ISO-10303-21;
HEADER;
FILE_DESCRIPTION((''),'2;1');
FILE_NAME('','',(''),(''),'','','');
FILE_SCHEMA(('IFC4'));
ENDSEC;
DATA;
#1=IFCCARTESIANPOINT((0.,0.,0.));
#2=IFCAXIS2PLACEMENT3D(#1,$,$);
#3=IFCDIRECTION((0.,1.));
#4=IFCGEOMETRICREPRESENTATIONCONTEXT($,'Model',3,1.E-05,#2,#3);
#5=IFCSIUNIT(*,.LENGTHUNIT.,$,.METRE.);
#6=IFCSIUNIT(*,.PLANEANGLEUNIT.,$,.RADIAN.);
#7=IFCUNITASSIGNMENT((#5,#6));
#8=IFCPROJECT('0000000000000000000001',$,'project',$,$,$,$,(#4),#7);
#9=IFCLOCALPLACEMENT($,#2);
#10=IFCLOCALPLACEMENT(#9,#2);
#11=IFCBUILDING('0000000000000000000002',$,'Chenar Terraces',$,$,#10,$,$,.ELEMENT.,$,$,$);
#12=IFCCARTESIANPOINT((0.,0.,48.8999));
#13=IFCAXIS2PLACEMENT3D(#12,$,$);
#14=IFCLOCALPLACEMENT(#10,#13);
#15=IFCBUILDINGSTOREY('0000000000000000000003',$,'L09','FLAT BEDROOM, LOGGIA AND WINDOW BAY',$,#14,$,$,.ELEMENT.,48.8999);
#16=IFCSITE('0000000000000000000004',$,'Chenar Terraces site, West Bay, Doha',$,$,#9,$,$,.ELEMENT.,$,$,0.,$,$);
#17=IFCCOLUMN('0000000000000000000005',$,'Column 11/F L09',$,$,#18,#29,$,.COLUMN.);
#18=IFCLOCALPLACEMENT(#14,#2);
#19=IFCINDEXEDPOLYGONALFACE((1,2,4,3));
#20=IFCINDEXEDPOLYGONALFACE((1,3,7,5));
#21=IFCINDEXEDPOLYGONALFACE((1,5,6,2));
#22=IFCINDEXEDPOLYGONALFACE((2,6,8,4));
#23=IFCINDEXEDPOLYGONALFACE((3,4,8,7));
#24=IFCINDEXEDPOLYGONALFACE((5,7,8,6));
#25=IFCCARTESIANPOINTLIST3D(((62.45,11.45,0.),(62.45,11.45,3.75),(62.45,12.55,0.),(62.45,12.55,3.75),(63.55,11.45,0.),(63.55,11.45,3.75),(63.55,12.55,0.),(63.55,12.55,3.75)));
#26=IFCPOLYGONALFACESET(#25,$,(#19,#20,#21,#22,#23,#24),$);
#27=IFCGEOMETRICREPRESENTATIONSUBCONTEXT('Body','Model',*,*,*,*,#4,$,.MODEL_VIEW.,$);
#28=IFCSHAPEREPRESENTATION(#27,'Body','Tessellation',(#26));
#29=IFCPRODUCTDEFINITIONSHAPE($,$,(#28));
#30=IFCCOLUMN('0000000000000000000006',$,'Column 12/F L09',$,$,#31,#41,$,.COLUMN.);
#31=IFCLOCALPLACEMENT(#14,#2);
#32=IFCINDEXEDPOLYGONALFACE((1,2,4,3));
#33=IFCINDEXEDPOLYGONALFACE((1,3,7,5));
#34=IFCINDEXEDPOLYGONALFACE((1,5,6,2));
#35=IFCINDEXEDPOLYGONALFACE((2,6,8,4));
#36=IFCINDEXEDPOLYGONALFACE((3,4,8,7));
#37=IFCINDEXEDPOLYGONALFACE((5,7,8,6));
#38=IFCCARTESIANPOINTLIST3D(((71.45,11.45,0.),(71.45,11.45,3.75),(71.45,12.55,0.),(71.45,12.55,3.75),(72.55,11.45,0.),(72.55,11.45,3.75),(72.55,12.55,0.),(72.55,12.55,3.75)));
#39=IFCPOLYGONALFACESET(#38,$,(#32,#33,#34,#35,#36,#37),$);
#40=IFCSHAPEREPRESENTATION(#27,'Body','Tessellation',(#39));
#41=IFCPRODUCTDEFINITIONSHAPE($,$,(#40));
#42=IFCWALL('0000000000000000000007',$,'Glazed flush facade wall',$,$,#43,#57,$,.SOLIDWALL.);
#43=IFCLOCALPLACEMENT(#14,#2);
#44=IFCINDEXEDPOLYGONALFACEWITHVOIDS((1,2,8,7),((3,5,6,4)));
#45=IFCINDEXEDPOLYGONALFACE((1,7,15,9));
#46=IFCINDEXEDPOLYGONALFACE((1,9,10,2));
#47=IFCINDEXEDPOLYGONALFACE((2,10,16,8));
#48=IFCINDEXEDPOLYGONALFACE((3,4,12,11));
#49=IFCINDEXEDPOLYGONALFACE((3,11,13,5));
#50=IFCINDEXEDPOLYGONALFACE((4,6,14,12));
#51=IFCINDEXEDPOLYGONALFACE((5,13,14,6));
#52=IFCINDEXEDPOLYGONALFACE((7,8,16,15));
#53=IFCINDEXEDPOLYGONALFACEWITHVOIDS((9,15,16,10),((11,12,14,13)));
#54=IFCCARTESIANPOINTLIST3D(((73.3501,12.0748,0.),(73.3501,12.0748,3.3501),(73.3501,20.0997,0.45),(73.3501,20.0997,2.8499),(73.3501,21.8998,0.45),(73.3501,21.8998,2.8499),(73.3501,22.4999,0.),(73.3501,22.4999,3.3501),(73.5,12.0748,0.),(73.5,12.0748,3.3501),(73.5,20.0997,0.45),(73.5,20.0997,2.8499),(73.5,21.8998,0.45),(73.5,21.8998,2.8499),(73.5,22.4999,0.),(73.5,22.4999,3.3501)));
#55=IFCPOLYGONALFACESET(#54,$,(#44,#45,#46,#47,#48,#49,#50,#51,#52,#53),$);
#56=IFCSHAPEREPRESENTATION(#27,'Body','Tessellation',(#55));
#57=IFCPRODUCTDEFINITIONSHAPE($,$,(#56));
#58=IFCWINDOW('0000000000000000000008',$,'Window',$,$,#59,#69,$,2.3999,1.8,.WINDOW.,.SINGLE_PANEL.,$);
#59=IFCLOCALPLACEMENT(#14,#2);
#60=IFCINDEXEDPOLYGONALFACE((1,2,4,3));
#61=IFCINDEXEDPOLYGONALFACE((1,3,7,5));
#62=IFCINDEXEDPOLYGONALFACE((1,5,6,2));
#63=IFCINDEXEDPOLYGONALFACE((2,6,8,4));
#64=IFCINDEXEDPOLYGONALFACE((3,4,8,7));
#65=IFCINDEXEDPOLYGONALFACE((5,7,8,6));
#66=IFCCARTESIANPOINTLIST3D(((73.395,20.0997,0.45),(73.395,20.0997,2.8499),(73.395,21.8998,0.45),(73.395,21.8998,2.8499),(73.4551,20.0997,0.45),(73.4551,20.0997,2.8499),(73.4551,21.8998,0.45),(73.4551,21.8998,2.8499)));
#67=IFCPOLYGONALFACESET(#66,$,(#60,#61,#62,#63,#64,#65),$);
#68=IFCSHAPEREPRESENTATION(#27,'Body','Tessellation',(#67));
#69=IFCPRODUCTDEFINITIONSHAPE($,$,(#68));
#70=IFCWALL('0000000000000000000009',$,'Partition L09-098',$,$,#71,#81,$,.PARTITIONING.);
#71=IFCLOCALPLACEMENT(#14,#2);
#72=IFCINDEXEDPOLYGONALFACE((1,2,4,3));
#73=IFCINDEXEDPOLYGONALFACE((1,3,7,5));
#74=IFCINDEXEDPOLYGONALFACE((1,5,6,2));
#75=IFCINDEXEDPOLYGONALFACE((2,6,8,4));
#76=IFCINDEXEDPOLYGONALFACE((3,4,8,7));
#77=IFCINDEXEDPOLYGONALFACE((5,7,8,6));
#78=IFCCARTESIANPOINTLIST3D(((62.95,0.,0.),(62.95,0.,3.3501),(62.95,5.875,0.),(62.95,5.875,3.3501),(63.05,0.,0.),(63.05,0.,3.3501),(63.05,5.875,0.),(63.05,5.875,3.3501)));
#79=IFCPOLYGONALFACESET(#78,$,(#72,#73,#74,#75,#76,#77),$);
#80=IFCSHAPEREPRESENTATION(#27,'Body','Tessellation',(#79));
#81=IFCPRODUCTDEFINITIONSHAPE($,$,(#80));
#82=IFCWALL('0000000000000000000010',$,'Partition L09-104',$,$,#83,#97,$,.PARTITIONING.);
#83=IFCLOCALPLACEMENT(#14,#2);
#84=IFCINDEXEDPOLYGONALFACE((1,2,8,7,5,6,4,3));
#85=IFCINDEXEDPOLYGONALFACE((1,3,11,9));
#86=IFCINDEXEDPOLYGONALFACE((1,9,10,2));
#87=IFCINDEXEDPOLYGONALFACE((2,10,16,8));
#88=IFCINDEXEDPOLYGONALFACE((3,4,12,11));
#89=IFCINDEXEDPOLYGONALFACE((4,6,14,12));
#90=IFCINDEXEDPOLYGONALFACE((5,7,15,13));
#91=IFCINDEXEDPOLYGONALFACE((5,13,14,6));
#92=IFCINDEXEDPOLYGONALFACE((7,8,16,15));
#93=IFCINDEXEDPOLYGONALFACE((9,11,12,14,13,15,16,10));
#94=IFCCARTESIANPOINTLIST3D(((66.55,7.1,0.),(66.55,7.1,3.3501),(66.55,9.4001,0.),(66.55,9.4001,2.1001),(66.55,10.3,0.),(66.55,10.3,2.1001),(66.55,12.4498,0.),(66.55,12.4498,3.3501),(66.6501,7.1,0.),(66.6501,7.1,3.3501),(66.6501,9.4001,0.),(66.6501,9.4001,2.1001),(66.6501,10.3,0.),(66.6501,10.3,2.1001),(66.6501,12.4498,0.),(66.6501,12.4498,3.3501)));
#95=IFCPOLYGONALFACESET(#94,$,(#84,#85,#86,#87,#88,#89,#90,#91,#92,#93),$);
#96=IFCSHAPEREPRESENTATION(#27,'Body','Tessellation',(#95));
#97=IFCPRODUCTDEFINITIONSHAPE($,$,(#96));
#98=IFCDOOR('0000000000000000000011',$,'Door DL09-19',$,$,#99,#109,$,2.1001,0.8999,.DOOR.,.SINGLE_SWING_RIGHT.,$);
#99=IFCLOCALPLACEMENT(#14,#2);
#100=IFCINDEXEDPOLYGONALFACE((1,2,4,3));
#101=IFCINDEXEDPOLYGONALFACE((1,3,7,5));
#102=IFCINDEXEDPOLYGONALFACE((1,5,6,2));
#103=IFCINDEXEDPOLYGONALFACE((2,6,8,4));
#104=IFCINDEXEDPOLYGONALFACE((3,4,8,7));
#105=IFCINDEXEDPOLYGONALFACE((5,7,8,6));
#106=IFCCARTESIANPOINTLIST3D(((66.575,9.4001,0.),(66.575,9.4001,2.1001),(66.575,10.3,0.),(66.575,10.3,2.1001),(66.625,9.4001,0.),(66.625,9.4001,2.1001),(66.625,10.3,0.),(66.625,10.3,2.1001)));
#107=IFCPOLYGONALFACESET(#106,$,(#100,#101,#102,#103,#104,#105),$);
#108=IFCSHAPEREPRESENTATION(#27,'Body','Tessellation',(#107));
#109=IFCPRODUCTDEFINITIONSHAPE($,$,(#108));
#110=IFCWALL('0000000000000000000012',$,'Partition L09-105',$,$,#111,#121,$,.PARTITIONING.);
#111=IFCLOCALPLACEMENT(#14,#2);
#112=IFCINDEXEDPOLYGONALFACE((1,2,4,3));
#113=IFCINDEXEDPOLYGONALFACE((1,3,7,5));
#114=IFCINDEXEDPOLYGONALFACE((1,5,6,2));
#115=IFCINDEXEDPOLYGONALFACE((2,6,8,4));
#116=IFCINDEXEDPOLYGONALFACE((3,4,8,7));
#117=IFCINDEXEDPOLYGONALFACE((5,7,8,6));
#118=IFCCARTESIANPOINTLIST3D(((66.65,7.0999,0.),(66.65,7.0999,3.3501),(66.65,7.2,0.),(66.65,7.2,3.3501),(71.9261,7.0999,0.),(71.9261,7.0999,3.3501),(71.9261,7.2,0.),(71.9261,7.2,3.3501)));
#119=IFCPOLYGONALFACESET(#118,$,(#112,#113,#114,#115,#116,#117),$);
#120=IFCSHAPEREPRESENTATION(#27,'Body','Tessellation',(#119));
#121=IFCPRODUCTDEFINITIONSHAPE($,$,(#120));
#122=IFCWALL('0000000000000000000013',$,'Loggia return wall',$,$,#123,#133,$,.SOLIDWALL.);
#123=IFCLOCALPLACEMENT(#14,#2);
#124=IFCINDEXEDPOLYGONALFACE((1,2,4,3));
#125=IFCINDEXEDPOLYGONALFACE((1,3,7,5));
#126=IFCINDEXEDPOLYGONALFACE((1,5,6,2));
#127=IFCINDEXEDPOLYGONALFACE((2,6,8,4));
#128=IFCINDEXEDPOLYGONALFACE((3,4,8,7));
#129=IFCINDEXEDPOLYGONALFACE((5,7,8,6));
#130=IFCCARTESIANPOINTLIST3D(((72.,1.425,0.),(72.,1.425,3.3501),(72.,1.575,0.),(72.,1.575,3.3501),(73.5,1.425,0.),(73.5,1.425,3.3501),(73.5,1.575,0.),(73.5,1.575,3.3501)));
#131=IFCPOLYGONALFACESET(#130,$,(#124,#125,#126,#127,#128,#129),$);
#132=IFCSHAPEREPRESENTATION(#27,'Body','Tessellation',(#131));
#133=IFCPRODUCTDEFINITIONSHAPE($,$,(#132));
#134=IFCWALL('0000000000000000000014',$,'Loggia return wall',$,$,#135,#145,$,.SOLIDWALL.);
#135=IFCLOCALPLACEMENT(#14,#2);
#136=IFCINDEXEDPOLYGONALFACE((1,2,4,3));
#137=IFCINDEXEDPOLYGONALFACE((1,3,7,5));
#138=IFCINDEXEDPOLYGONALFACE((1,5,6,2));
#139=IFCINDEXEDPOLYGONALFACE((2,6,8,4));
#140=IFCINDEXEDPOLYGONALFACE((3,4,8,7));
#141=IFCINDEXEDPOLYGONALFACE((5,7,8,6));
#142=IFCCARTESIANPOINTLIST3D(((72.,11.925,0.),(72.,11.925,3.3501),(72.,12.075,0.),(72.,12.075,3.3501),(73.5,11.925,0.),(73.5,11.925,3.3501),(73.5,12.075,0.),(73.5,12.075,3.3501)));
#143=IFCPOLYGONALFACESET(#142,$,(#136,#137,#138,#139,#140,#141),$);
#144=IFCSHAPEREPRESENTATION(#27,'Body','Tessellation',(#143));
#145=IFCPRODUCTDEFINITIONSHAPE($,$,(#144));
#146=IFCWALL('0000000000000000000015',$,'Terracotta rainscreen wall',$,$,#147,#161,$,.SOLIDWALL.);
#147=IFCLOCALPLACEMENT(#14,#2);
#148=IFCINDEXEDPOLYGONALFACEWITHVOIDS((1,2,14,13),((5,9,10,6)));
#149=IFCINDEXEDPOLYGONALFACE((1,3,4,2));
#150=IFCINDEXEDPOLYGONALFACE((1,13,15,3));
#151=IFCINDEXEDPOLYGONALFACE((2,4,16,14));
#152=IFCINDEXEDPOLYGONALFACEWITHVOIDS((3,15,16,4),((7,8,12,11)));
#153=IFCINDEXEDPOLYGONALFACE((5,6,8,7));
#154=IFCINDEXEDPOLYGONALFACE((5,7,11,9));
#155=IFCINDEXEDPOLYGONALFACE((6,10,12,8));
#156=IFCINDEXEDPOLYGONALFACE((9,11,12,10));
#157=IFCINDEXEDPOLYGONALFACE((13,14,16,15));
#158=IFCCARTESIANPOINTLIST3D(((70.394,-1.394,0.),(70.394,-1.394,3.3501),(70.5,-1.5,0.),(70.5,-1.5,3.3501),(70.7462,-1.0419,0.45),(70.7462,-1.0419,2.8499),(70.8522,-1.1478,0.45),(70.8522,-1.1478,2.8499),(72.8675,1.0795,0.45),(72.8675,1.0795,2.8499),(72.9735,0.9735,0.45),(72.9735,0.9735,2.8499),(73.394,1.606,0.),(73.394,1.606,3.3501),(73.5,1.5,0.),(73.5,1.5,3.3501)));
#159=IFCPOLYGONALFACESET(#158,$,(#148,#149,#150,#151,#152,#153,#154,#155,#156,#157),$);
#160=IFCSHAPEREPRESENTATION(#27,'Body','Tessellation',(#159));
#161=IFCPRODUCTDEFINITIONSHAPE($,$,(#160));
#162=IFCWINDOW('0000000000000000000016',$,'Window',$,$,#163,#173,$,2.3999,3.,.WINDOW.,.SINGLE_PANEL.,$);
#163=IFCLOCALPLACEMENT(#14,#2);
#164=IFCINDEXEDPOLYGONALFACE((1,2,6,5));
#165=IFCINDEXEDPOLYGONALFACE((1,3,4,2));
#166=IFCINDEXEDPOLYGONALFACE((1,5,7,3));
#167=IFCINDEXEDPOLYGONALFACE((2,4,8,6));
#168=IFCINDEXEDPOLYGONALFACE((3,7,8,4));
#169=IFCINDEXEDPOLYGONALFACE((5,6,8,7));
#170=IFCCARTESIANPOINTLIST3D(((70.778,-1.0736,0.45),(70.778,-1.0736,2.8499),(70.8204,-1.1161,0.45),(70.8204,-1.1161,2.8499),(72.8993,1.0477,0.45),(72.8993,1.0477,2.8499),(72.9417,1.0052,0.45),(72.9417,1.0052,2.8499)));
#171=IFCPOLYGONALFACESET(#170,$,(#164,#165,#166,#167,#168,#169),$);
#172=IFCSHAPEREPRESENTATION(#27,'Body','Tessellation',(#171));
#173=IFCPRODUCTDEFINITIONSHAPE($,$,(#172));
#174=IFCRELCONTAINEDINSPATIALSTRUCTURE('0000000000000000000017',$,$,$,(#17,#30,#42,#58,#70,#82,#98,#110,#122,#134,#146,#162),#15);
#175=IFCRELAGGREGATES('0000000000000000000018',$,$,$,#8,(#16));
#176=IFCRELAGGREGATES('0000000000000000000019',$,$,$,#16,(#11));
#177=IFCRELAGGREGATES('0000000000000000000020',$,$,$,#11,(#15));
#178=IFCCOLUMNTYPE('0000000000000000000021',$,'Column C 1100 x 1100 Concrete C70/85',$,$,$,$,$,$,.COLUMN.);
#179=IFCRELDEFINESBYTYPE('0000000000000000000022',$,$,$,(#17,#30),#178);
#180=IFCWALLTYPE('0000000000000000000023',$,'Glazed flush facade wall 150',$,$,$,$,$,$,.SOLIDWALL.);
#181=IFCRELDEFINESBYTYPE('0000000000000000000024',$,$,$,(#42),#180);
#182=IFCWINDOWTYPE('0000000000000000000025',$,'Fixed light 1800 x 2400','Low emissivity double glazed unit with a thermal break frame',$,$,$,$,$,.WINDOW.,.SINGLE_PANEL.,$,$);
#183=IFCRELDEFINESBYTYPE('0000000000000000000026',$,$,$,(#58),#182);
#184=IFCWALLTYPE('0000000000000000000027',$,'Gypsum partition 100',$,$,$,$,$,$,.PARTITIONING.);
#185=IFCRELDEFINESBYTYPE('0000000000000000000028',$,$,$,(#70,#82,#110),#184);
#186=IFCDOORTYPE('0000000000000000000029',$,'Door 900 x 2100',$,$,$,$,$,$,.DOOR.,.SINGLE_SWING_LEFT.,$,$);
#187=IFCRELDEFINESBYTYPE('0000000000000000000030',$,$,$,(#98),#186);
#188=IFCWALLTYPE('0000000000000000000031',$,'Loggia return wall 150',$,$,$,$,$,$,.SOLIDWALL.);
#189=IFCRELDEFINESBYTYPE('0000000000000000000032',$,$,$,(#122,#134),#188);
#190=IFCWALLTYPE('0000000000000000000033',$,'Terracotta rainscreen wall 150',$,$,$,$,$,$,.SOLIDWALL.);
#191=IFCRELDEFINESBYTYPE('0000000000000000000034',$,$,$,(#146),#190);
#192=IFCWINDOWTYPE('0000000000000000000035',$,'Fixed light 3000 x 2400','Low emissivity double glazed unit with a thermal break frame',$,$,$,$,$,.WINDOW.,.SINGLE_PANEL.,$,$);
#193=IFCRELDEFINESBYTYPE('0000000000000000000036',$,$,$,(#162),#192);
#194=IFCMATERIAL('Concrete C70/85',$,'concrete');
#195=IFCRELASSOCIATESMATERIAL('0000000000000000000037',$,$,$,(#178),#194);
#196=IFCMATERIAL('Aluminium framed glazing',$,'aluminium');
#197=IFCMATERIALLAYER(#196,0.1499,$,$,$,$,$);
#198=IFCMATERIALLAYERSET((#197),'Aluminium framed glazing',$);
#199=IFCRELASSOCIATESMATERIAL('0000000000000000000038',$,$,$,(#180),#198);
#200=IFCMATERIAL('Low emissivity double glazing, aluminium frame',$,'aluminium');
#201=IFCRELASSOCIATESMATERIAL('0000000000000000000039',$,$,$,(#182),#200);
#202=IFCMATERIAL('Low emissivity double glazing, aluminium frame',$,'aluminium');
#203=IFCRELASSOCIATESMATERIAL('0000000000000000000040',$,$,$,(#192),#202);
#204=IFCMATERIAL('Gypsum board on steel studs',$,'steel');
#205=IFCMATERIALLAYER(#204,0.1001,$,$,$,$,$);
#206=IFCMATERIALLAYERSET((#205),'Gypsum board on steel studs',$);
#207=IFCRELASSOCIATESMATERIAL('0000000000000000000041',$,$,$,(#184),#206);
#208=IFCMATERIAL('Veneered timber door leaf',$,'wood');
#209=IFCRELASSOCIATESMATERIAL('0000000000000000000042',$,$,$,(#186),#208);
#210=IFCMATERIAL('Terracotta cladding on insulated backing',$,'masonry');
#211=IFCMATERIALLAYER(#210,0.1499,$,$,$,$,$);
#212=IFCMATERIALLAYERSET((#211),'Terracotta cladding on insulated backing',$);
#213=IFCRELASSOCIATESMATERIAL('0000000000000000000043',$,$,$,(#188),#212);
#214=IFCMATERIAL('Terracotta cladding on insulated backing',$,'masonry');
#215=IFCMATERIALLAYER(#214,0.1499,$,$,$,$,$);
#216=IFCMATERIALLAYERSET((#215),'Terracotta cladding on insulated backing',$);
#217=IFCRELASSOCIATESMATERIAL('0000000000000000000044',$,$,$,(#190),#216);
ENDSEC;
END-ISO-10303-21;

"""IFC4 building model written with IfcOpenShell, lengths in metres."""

from ifc_helpers import new_model, si_unit, direction, frame, frame_2d, origin, origin_2d, place, context, subcontext, project, spatial, rectangle, extrude, material, layer, layer_set, material_profile, profile_set, type_object, element, fill, save


model = new_model("IFC4")

# Units and contexts
model_context = context("Model", 3, precision=1e-05, world=origin(), true_north=direction((0.0, 1.0)))
body_context = subcontext(model_context, "Body", "Model", "MODEL_VIEW")
ifc_project = project(units=[si_unit("LENGTHUNIT", "METRE"), si_unit("PLANEANGLEUNIT", "RADIAN")], contexts=[model_context])

# Site, building, storey
site_placement = place(None, origin())
site = spatial("IfcSite", under=ifc_project, at=site_placement, Name="Chenar Terraces site, West Bay, Doha", CompositionType="ELEMENT", RefElevation=0.0)
building_placement = place(site_placement, origin())
building = spatial("IfcBuilding", under=site, at=building_placement, Name="Chenar Terraces", CompositionType="ELEMENT")
storey_placement = place(building_placement, frame((0.0, 0.0, 48.8999)))
storey = spatial("IfcBuildingStorey", under=building, at=storey_placement, Name="L09", Description="FLAT BEDROOM, LOGGIA AND WINDOW BAY", CompositionType="ELEMENT", Elevation=48.8999)

# Columns
ifc_material_1 = material(Name="Concrete C70/85", Category="concrete")
ifc_material_profile_1 = material_profile(ifc_material_1, rectangle(XDim=1.1001, YDim=1.1001, at=origin_2d()), Name="C 1100 x 1100")
ifc_profile_set_1 = profile_set([ifc_material_profile_1], Name="Concrete C70/85")
column_type = type_object("IfcColumnType", Name="Column C 1100 x 1100 Concrete C70/85", PredefinedType="COLUMN", material=ifc_profile_set_1)
for number, where, z_axis, x_axis, name in (
    (1, (63.0, 12.0, 0.0), (0.0, 0.0, 1.0), (1.0, 0.0, 0.0), "Column 11/F L09"),
    (2, (72.0, 12.0, 0.0), (0.0, 0.0, 1.0), (1.0, 0.0, 0.0), "Column 12/F L09"),
):
    element("IfcColumn", number, at=place(storey_placement, frame(where, z_axis=z_axis, x_axis=x_axis)), inside=storey, type_object=column_type, Name=name, PredefinedType="COLUMN", context=body_context, shape_type="SweptSolid", body=[
        extrude(rectangle(XDim=1.1001, YDim=1.1001, at=origin_2d()), origin(), (0.0, 0.0, 1.0), 3.75),
    ])

# Wall, opening, window
ifc_material_2 = material(Name="Aluminium framed glazing", Category="aluminium")
ifc_layer_1 = layer(ifc_material_2, 0.1499)
ifc_layer_set_1 = layer_set([ifc_layer_1], Name="Aluminium framed glazing")
wall_type_1 = type_object("IfcWallType", Name="Glazed flush facade wall 150", PredefinedType="SOLIDWALL", material=ifc_layer_set_1)
wall_1_placement = place(storey_placement, frame((73.425, 12.075, 0.0), z_axis=(0.0, 0.0, 1.0), x_axis=(0.0, 1.0, 0.0)))
wall_1 = element("IfcWall", 3, at=wall_1_placement, inside=storey, type_object=wall_type_1, Name="Glazed flush facade wall", PredefinedType="SOLIDWALL", context=body_context, shape_type="SweptSolid", body=[
    extrude(rectangle(XDim=10.425, YDim=0.1499, at=frame_2d((5.2124, 0.0))), origin(), (0.0, 0.0, 1.0), 3.3501),
])
opening_1_placement = place(wall_1_placement, frame((8.0249, 0.0, 0.45)))
opening_1 = element("IfcOpeningElement", 4, at=opening_1_placement, cuts=wall_1, PredefinedType="OPENING", context=body_context, shape_type="SweptSolid", body=[
    extrude(rectangle(XDim=1.8, YDim=2.3999, at=frame_2d((0.8999, 1.2))), frame((0.0, 0.085, 0.0), z_axis=(0.0, -1.0, 0.0), x_axis=(1.0, 0.0, 0.0)), (0.0, 0.0, 1.0), 0.1699),
])
ifc_material_3 = material(Name="Low emissivity double glazing, aluminium frame", Category="aluminium")
window_type_1 = type_object("IfcWindowType", Name="Fixed light 1800 x 2400", Description="Low emissivity double glazed unit with a thermal break frame", PartitioningType="SINGLE_PANEL", PredefinedType="WINDOW", material=ifc_material_3)
window_1_placement = place(opening_1_placement, origin())
window_1 = element("IfcWindow", 5, at=window_1_placement, inside=storey, type_object=window_type_1, Name="Window", OverallHeight=2.3999, OverallWidth=1.8, PartitioningType="SINGLE_PANEL", PredefinedType="WINDOW", context=body_context, shape_type="SweptSolid", body=[
    extrude(rectangle(XDim=1.8, YDim=2.3999, at=frame_2d((0.8999, 1.2))), frame((0.0, 0.03, 0.0), z_axis=(0.0, -1.0, 0.0), x_axis=(1.0, 0.0, 0.0)), (0.0, 0.0, 1.0), 0.0601),
])
fill(opening_1, window_1)

# Shared definitions
ifc_material_4 = material(Name="Low emissivity double glazing, aluminium frame", Category="aluminium")
window_type_2 = type_object("IfcWindowType", Name="Fixed light 3000 x 2400", Description="Low emissivity double glazed unit with a thermal break frame", PartitioningType="SINGLE_PANEL", PredefinedType="WINDOW", material=ifc_material_4)

# Wall
ifc_material_5 = material(Name="Gypsum board on steel studs", Category="steel")
ifc_layer_2 = layer(ifc_material_5, 0.1001)
ifc_layer_set_2 = layer_set([ifc_layer_2], Name="Gypsum board on steel studs")
wall_type_2 = type_object("IfcWallType", Name="Gypsum partition 100", PredefinedType="PARTITIONING", material=ifc_layer_set_2)
wall_2_placement = place(storey_placement, frame((63.0, 0.0, 0.0), z_axis=(0.0, 0.0, 1.0), x_axis=(0.0, 1.0, 0.0)))
element("IfcWall", 6, at=wall_2_placement, inside=storey, type_object=wall_type_2, Name="Partition L09-098", PredefinedType="PARTITIONING", context=body_context, shape_type="SweptSolid", body=[
    extrude(rectangle(XDim=5.875, YDim=0.1001, at=frame_2d((2.9375, 0.0))), origin(), (0.0, 0.0, 1.0), 3.3501),
])

# Wall, opening, door
wall_3_placement = place(storey_placement, frame((66.6001, 7.1001, 0.0), z_axis=(0.0, 0.0, 1.0), x_axis=(0.0, 1.0, 0.0)))
wall_3 = element("IfcWall", 7, at=wall_3_placement, inside=storey, type_object=wall_type_2, Name="Partition L09-104", PredefinedType="PARTITIONING", context=body_context, shape_type="SweptSolid", body=[
    extrude(rectangle(XDim=5.3499, YDim=0.1001, at=frame_2d((2.6748, 0.0))), origin(), (0.0, 0.0, 1.0), 3.3501),
])
opening_2_placement = place(wall_3_placement, frame((2.3, 0.0, 0.0)))
opening_2 = element("IfcOpeningElement", 8, at=opening_2_placement, cuts=wall_3, PredefinedType="OPENING", context=body_context, shape_type="SweptSolid", body=[
    extrude(rectangle(XDim=0.8999, YDim=2.1001, at=frame_2d((0.45, 1.05))), frame((0.0, 0.0601, 0.0), z_axis=(0.0, -1.0, 0.0), x_axis=(1.0, 0.0, 0.0)), (0.0, 0.0, 1.0), 0.1201),
])
ifc_material_6 = material(Name="Veneered timber door leaf", Category="wood")
door_type_1 = type_object("IfcDoorType", Name="Door 900 x 2100", OperationType="SINGLE_SWING_LEFT", PredefinedType="DOOR", material=ifc_material_6)
door_1_placement = place(opening_2_placement, frame((0.8999, 0.0, 0.0), z_axis=(0.0, 0.0, 1.0), x_axis=(-1.0, 0.0, 0.0)))
door_1 = element("IfcDoor", 9, at=door_1_placement, inside=storey, type_object=door_type_1, Name="Door DL09-19", OperationType="SINGLE_SWING_RIGHT", OverallHeight=2.1001, OverallWidth=0.8999, PredefinedType="DOOR", context=body_context, shape_type="SweptSolid", body=[
    extrude(rectangle(XDim=0.8999, YDim=2.1001, at=frame_2d((0.45, 1.05))), frame((0.0, 0.0249, 0.0), z_axis=(0.0, -1.0, 0.0), x_axis=(1.0, 0.0, 0.0)), (0.0, 0.0, 1.0), 0.05),
])
fill(opening_2, door_1)

# Walls
wall_4_placement = place(storey_placement, frame((66.6499, 7.1499, 0.0), z_axis=(0.0, 0.0, 1.0), x_axis=(1.0, 0.0, 0.0)))
element("IfcWall", 10, at=wall_4_placement, inside=storey, type_object=wall_type_2, Name="Partition L09-105", PredefinedType="PARTITIONING", context=body_context, shape_type="SweptSolid", body=[
    extrude(rectangle(XDim=5.2761, YDim=0.1001, at=frame_2d((2.6382, 0.0))), origin(), (0.0, 0.0, 1.0), 3.3501),
])
ifc_material_7 = material(Name="Terracotta cladding on insulated backing", Category="masonry")
ifc_layer_3 = layer(ifc_material_7, 0.1499)
ifc_layer_set_3 = layer_set([ifc_layer_3], Name="Terracotta cladding on insulated backing")
wall_type_3 = type_object("IfcWallType", Name="Loggia return wall 150", PredefinedType="SOLIDWALL", material=ifc_layer_set_3)
for number, where, z_axis, x_axis, name in (
    (11, (73.5, 1.5, 0.0), (0.0, 0.0, 1.0), (-1.0, 0.0, 0.0), "Loggia return wall"),
    (12, (73.5, 12.0, 0.0), (0.0, 0.0, 1.0), (-1.0, 0.0, 0.0), "Loggia return wall"),
):
    element("IfcWall", number, at=place(storey_placement, frame(where, z_axis=z_axis, x_axis=x_axis)), inside=storey, type_object=wall_type_3, Name=name, PredefinedType="SOLIDWALL", context=body_context, shape_type="SweptSolid", body=[
        extrude(rectangle(XDim=1.5, YDim=0.1499, at=frame_2d((0.75, 0.0))), origin(), (0.0, 0.0, 1.0), 3.3501),
    ])

# Wall, opening, window
ifc_material_8 = material(Name="Terracotta cladding on insulated backing", Category="masonry")
ifc_layer_4 = layer(ifc_material_8, 0.1499)
ifc_layer_set_4 = layer_set([ifc_layer_4], Name="Terracotta cladding on insulated backing")
wall_type_4 = type_object("IfcWallType", Name="Terracotta rainscreen wall 150", PredefinedType="SOLIDWALL", material=ifc_layer_set_4)
wall_5_placement = place(storey_placement, frame((70.447, -1.447, 0.0), z_axis=(0.0, 0.0, 1.0), x_axis=(0.707107, 0.707107, 0.0)))
wall_5 = element("IfcWall", 13, at=wall_5_placement, inside=storey, type_object=wall_type_4, Name="Terracotta rainscreen wall", PredefinedType="SOLIDWALL", context=body_context, shape_type="SweptSolid", body=[
    extrude(rectangle(XDim=4.2427, YDim=0.1499, at=frame_2d((2.1213, 0.0))), origin(), (0.0, 0.0, 1.0), 3.3501),
])
opening_3_placement = place(wall_5_placement, frame((0.498, 0.0, 0.45)))
opening_3 = element("IfcOpeningElement", 14, at=opening_3_placement, cuts=wall_5, PredefinedType="OPENING", context=body_context, shape_type="SweptSolid", body=[
    extrude(rectangle(XDim=3.0, YDim=2.3999, at=frame_2d((1.5, 1.2))), frame((0.0, 0.085, 0.0), z_axis=(0.0, -1.0, 0.0), x_axis=(1.0, 0.0, 0.0)), (0.0, 0.0, 1.0), 0.1699),
])
window_2_placement = place(opening_3_placement, origin())
window_2 = element("IfcWindow", 15, at=window_2_placement, inside=storey, type_object=window_type_2, Name="Window", OverallHeight=2.3999, OverallWidth=3.0, PartitioningType="SINGLE_PANEL", PredefinedType="WINDOW", context=body_context, shape_type="SweptSolid", body=[
    extrude(rectangle(XDim=3.0, YDim=2.3999, at=frame_2d((1.5, 1.2))), frame((0.0, 0.03, 0.0), z_axis=(0.0, -1.0, 0.0), x_axis=(1.0, 0.0, 0.0)), (0.0, 0.0, 1.0), 0.0601),
])
fill(opening_3, window_2)

save(model, "model.ifc")
